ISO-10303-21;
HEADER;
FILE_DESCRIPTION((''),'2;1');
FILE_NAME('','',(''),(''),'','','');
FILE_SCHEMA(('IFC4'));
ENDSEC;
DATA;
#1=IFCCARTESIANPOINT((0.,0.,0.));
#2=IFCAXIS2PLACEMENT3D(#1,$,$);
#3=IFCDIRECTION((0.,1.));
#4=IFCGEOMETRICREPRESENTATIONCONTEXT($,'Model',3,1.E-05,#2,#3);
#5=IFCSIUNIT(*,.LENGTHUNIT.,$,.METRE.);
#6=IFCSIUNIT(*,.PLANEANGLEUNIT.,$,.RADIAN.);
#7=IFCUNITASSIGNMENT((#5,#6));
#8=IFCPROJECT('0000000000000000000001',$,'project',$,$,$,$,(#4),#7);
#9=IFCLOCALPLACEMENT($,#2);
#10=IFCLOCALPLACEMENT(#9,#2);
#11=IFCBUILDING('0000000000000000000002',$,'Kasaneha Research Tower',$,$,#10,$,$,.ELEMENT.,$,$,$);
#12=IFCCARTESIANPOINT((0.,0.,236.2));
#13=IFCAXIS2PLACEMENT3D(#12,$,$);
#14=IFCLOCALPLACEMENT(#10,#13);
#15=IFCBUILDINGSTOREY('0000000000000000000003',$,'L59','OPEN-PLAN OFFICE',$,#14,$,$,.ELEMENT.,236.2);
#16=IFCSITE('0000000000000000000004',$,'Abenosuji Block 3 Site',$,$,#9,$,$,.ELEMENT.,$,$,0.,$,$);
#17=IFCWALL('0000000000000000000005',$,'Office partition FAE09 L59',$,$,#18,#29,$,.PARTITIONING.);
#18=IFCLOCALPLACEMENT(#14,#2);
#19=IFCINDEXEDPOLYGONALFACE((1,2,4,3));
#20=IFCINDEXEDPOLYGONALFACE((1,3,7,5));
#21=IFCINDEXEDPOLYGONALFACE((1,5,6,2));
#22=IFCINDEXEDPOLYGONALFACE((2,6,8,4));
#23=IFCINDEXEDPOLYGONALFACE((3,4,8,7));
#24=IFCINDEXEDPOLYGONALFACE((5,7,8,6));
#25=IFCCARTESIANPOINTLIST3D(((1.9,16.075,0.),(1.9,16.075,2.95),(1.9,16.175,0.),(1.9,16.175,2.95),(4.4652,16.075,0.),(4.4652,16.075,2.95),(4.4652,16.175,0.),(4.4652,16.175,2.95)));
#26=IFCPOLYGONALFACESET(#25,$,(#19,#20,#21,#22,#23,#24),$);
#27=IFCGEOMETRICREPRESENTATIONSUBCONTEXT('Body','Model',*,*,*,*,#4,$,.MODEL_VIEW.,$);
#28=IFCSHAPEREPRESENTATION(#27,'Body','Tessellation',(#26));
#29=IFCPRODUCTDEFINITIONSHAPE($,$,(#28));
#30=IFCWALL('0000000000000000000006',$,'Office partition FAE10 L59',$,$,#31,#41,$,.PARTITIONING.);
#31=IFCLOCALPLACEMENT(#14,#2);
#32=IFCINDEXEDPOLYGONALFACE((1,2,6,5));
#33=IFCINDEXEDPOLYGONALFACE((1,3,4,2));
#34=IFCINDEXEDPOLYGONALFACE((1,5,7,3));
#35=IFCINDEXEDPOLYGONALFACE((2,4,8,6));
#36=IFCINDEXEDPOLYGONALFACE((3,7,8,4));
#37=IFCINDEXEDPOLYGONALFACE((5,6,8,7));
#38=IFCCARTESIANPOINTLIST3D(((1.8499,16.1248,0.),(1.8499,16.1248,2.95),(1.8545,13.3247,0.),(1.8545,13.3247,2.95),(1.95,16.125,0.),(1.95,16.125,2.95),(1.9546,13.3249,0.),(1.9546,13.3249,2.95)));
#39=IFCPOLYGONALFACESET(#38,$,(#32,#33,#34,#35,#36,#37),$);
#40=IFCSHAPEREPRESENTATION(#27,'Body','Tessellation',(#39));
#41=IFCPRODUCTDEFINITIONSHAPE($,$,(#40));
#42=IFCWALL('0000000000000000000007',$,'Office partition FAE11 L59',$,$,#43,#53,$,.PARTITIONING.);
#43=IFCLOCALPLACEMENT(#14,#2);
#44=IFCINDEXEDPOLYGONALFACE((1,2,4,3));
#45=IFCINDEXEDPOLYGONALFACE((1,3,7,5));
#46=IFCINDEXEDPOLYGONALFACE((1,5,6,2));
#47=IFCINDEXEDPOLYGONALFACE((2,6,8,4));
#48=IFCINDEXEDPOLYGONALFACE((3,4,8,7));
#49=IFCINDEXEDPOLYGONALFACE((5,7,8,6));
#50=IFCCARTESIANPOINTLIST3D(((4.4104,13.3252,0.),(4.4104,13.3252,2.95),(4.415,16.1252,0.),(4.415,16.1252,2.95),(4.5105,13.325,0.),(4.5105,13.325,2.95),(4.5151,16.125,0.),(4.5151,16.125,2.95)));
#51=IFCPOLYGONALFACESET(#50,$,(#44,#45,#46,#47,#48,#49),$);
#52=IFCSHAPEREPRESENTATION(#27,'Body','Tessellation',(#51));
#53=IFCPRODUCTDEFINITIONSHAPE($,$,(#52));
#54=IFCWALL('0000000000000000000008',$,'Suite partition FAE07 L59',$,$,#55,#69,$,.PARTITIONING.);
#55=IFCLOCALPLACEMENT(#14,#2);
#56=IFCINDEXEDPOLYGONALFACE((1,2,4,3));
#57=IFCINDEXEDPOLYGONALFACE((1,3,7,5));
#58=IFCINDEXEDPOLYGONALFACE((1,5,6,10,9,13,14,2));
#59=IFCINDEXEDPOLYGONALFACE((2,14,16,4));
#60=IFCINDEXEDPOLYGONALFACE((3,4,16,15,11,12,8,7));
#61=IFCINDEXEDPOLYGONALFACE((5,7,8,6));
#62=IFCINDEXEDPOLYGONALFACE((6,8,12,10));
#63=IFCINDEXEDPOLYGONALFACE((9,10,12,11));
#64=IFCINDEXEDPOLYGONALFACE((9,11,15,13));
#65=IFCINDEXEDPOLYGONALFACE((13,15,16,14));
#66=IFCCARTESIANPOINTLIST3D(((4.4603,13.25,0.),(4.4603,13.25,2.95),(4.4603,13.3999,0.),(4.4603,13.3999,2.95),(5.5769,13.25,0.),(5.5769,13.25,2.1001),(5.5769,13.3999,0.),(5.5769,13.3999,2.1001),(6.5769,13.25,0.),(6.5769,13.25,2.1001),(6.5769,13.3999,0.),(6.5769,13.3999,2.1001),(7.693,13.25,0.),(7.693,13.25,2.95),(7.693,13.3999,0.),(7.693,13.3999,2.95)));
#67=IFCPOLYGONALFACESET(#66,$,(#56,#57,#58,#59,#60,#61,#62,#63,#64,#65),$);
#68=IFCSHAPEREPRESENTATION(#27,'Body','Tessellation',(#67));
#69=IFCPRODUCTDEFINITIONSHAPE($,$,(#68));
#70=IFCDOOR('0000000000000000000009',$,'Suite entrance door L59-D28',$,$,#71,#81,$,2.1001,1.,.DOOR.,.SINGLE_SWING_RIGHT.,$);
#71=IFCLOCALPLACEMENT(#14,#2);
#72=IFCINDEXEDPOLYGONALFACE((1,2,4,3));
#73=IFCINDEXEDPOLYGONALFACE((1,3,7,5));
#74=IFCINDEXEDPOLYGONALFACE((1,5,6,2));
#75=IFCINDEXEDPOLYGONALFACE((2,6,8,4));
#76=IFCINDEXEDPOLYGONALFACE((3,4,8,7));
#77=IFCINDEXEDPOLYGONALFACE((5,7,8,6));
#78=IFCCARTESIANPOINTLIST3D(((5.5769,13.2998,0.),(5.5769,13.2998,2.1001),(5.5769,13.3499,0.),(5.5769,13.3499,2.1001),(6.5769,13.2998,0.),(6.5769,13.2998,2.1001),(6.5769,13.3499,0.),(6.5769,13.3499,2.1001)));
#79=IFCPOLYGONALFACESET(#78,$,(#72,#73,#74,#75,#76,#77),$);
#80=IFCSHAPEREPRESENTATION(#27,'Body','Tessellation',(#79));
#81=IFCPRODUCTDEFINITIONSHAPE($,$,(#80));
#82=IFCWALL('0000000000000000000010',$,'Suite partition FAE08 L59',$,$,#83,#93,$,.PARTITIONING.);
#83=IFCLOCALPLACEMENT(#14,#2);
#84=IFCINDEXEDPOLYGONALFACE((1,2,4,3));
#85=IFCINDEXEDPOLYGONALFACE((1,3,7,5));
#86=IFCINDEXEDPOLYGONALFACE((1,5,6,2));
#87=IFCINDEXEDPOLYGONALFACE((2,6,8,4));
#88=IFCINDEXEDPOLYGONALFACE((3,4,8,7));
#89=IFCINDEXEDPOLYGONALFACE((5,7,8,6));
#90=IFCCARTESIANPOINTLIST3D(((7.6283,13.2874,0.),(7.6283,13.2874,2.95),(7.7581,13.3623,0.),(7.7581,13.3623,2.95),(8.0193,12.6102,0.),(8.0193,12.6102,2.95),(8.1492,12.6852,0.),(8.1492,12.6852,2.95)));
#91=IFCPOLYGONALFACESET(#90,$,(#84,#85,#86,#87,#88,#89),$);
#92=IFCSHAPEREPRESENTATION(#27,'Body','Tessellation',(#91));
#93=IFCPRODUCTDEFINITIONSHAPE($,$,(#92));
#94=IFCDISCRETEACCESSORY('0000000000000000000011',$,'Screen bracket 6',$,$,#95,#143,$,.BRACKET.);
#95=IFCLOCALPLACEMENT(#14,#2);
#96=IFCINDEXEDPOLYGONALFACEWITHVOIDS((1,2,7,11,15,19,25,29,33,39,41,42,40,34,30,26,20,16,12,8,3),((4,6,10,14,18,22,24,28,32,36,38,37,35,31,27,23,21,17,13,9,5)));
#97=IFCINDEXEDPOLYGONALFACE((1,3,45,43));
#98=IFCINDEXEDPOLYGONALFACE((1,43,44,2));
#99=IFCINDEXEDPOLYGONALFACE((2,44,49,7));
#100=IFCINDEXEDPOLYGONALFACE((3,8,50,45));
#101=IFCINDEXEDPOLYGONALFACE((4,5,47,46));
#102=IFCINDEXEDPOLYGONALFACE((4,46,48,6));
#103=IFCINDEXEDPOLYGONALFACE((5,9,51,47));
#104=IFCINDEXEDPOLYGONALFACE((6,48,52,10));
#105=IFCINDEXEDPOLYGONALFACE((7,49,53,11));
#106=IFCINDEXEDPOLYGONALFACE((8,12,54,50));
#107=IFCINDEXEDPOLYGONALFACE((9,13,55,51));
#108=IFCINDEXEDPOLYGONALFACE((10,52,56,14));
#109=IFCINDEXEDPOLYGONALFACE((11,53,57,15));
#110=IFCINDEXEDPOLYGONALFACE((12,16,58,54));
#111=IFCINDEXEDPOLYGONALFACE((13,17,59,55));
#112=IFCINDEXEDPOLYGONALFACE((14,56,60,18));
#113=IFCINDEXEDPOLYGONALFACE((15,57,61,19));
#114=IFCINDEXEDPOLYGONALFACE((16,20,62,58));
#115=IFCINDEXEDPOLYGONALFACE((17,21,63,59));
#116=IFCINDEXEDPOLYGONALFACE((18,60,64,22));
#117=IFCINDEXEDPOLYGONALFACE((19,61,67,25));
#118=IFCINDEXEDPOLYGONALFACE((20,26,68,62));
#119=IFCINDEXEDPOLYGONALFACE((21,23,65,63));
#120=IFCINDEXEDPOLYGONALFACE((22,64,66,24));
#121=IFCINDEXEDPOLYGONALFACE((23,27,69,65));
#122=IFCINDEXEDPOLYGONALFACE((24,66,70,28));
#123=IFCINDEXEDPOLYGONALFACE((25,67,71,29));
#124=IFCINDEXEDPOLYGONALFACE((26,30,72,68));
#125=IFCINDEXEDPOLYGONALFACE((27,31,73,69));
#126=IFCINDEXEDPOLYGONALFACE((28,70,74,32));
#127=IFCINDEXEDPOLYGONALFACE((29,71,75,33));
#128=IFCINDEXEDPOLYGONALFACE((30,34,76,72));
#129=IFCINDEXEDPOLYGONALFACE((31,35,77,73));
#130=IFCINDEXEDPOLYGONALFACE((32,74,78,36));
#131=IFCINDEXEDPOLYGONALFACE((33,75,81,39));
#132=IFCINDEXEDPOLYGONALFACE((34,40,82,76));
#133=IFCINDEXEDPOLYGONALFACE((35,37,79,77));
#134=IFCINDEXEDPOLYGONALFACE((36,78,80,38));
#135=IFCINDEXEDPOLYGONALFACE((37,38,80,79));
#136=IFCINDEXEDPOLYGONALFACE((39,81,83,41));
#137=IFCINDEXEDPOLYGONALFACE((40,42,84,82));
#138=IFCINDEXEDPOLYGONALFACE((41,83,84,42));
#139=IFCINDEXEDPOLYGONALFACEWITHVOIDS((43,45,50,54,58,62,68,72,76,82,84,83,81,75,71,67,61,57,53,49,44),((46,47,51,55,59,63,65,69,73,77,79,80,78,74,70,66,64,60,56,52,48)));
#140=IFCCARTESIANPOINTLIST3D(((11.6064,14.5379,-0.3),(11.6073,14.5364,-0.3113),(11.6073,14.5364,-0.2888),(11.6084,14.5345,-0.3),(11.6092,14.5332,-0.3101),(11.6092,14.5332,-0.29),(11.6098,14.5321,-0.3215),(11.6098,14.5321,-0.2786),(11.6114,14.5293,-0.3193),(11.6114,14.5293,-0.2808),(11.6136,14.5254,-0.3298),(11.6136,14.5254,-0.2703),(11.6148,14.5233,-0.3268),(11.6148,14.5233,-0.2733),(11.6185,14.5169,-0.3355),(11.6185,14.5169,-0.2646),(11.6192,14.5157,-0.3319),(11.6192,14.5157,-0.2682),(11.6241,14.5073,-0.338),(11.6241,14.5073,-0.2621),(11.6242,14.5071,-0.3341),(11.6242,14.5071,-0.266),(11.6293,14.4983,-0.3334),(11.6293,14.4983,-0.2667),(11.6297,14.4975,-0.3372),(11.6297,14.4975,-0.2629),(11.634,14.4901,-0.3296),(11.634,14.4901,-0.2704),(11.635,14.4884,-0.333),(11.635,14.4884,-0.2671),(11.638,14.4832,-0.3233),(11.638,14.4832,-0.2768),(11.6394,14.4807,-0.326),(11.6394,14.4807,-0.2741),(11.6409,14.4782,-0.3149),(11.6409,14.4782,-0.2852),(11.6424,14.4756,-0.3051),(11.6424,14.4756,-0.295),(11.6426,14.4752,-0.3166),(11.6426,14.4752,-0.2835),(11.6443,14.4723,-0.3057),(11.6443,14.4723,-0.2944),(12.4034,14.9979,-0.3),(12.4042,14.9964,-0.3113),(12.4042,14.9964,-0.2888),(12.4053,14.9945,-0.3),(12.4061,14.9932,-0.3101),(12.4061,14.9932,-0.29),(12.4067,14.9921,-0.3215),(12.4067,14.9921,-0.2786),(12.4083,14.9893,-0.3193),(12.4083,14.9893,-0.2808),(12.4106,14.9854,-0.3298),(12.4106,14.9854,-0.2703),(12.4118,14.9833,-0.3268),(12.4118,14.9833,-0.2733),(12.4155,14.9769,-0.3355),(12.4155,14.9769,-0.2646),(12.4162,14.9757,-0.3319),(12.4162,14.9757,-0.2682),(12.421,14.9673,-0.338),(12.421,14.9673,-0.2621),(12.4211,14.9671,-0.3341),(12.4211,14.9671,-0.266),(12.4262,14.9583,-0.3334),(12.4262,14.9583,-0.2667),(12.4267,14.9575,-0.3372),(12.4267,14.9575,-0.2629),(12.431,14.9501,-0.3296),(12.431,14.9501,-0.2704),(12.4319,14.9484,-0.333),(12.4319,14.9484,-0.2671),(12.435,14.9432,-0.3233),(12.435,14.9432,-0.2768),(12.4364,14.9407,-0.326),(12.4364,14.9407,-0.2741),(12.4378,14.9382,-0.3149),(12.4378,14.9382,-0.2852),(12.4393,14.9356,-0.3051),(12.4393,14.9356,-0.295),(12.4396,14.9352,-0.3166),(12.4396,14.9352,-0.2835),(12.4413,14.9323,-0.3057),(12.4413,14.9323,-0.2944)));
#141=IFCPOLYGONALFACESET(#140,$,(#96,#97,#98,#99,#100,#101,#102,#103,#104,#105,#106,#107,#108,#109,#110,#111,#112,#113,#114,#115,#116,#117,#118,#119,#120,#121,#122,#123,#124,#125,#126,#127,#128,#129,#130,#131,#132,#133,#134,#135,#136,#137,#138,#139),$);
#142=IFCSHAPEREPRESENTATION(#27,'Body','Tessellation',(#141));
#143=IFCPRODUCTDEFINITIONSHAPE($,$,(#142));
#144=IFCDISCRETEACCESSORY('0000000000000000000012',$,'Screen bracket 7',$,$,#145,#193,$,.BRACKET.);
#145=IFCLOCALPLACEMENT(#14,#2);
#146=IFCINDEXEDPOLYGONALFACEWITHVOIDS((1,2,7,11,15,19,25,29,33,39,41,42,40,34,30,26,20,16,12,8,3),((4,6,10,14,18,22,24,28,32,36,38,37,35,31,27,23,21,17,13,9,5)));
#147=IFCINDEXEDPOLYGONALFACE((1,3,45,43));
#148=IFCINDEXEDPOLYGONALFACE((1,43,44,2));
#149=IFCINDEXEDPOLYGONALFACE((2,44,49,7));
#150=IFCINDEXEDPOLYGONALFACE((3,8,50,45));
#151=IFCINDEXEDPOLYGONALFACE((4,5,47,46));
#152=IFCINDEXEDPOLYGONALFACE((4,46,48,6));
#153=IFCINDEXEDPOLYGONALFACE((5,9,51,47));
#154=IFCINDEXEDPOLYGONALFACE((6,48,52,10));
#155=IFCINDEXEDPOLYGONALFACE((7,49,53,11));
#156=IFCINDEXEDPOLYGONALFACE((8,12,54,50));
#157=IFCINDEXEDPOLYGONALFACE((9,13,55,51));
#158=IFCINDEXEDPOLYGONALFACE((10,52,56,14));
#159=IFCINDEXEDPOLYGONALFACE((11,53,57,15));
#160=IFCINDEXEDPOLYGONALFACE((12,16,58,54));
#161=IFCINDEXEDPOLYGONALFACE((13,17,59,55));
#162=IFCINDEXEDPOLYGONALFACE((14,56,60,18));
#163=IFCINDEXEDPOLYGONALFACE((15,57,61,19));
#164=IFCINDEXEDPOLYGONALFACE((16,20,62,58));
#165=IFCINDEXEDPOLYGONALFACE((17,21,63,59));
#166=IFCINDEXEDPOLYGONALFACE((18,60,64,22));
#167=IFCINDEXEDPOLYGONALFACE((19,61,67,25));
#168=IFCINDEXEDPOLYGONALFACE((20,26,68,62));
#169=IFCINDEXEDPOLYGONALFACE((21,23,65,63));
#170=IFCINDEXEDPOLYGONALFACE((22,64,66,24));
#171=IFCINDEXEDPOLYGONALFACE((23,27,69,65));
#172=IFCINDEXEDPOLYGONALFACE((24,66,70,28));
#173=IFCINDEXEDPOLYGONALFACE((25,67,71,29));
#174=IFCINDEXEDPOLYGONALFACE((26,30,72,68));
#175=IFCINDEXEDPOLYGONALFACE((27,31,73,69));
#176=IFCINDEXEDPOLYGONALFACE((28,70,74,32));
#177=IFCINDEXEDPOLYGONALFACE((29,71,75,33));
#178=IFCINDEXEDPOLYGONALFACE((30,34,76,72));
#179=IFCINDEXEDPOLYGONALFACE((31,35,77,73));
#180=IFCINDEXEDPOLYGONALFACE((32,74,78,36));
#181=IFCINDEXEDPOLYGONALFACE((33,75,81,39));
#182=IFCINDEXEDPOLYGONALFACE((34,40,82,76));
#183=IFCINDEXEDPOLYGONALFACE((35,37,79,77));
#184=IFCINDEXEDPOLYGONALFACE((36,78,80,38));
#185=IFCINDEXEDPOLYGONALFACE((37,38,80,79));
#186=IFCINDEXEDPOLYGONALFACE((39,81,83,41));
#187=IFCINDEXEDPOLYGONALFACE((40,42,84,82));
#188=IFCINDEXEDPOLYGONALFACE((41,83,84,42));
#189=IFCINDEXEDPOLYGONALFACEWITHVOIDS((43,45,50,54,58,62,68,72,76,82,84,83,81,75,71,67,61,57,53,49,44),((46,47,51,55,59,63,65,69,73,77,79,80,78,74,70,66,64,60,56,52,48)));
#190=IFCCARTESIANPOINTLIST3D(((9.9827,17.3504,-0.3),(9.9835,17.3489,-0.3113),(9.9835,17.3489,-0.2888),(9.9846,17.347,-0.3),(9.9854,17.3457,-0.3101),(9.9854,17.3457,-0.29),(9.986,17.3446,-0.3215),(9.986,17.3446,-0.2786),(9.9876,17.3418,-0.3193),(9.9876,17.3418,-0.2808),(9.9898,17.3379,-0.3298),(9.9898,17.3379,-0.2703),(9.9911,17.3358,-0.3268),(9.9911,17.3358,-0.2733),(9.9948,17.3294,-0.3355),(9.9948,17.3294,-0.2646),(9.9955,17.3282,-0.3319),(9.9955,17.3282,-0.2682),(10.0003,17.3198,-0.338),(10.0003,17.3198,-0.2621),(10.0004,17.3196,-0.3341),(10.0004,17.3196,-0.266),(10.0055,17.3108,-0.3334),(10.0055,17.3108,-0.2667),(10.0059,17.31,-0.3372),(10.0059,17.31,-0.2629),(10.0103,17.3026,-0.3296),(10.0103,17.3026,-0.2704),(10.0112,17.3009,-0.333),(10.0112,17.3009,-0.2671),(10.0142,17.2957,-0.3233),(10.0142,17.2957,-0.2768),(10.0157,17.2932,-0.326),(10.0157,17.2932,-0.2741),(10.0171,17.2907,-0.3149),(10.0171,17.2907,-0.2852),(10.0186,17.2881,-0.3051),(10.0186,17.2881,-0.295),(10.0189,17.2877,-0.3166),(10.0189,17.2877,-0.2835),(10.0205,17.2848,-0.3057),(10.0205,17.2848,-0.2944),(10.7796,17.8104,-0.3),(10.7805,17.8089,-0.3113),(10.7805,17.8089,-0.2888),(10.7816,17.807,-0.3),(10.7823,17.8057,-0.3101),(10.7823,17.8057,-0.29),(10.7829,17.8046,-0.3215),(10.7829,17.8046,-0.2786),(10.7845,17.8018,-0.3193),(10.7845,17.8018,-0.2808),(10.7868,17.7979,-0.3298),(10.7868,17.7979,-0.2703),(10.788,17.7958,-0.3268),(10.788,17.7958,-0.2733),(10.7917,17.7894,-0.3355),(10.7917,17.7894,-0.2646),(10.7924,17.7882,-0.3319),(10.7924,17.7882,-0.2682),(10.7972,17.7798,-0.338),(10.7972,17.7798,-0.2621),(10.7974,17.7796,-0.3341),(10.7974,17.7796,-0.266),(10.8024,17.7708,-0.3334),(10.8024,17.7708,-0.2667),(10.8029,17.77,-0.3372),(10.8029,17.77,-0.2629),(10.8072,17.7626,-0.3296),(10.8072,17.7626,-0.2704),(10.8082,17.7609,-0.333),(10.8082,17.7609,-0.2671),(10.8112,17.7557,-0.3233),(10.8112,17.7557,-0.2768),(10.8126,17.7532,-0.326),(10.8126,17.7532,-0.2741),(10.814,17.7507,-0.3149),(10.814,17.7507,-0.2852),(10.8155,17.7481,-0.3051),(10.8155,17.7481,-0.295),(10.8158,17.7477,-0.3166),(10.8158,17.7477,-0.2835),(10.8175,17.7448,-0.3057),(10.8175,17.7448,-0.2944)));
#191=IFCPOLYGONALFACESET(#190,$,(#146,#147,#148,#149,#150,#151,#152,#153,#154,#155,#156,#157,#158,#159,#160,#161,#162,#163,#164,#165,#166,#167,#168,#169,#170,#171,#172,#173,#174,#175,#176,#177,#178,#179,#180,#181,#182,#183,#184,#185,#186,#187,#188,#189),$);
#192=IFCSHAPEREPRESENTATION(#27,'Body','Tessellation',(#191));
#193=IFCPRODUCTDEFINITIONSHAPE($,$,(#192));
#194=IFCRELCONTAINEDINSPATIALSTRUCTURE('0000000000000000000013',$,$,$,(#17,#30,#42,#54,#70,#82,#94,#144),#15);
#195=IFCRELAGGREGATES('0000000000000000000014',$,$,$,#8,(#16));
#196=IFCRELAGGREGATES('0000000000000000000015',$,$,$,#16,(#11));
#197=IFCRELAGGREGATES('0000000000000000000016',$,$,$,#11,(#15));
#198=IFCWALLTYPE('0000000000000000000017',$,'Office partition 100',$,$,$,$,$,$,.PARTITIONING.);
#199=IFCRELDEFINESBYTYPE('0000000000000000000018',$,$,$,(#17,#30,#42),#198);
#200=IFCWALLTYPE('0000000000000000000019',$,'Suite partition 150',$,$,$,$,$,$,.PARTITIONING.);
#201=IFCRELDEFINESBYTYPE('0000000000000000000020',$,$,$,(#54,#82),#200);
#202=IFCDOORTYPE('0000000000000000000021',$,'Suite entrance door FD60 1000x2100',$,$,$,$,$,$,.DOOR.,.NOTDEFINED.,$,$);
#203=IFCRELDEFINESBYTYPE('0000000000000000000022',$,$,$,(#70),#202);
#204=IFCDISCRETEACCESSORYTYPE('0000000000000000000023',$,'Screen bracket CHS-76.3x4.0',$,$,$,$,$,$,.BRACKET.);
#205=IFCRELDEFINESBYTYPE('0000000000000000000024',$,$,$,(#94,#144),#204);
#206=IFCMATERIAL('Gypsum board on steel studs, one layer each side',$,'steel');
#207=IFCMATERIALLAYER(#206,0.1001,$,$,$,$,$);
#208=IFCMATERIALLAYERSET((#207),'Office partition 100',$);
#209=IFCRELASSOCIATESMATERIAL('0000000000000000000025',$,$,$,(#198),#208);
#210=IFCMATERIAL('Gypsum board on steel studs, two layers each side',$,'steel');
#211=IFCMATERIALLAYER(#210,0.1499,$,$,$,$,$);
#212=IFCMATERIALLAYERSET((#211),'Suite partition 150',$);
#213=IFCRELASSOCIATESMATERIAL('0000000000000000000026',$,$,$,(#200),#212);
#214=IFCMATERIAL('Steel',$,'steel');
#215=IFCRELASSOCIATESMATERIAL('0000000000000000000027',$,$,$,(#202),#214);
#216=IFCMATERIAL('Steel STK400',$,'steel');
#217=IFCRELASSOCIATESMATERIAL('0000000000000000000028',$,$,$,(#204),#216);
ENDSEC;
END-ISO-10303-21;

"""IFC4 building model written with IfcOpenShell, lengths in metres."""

from ifc_helpers import new_model, si_unit, direction, frame, frame_2d, origin, origin_2d, place, context, subcontext, project, spatial, rectangle, hollow_circle, extrude, material, layer, layer_set, material_profile, profile_set, type_object, element, fill, save


model = new_model("IFC4")

# Units and contexts
model_context = context("Model", 3, precision=1e-05, world=origin(), true_north=direction((0.0, 1.0)))
body_context = subcontext(model_context, "Body", "Model", "MODEL_VIEW")
ifc_project = project(units=[si_unit("LENGTHUNIT", "METRE"), si_unit("PLANEANGLEUNIT", "RADIAN")], contexts=[model_context])

# Site, building, storey
site_placement = place(None, origin())
site = spatial("IfcSite", under=ifc_project, at=site_placement, Name="Abenosuji Block 3 Site", CompositionType="ELEMENT", RefElevation=0.0)
building_placement = place(site_placement, origin())
building = spatial("IfcBuilding", under=site, at=building_placement, Name="Kasaneha Research Tower", CompositionType="ELEMENT")
storey_placement = place(building_placement, frame((0.0, 0.0, 236.2)))
storey = spatial("IfcBuildingStorey", under=building, at=storey_placement, Name="L59", Description="OPEN-PLAN OFFICE", CompositionType="ELEMENT", Elevation=236.2)

# Walls
ifc_material_1 = material(Name="Gypsum board on steel studs, one layer each side", Category="steel")
ifc_layer_1 = layer(ifc_material_1, 0.1001)
ifc_layer_set_1 = layer_set([ifc_layer_1], Name="Office partition 100")
wall_type_1 = type_object("IfcWallType", Name="Office partition 100", PredefinedType="PARTITIONING", material=ifc_layer_set_1)
wall_1_placement = place(storey_placement, frame((1.8999, 16.125, 0.0), z_axis=(0.0, 0.0, 1.0), x_axis=(1.0, 0.0, 0.0)))
element("IfcWall", 1, at=wall_1_placement, inside=storey, type_object=wall_type_1, Name="Office partition FAE09 L59", PredefinedType="PARTITIONING", context=body_context, shape_type="SweptSolid", body=[
    extrude(rectangle(XDim=2.5652, YDim=0.1001, at=frame_2d((1.2827, 0.0))), origin(), (0.0, 0.0, 1.0), 2.95),
])
for number, where, z_axis, x_axis, name in (
    (2, (1.9045, 13.325, 0.0), (0.0, 0.0, 1.0), (-0.001657, 0.999999, 0.0), "Office partition FAE10 L59"),
    (3, (4.4651, 16.125, 0.0), (0.0, 0.0, 1.0), (-0.001657, -0.999999, 0.0), "Office partition FAE11 L59"),
):
    element("IfcWall", number, at=place(storey_placement, frame(where, z_axis=z_axis, x_axis=x_axis)), inside=storey, type_object=wall_type_1, Name=name, PredefinedType="PARTITIONING", context=body_context, shape_type="SweptSolid", body=[
        extrude(rectangle(XDim=2.8, YDim=0.1001, at=frame_2d((1.3999, 0.0))), origin(), (0.0, 0.0, 1.0), 2.95),
    ])

# Wall, opening, door
ifc_material_2 = material(Name="Gypsum board on steel studs, two layers each side", Category="steel")
ifc_layer_2 = layer(ifc_material_2, 0.1499)
ifc_layer_set_2 = layer_set([ifc_layer_2], Name="Suite partition 150")
wall_type_2 = type_object("IfcWallType", Name="Suite partition 150", PredefinedType="PARTITIONING", material=ifc_layer_set_2)
wall_2_placement = place(storey_placement, frame((4.4604, 13.325, 0.0), z_axis=(0.0, 0.0, 1.0), x_axis=(1.0, 0.0, 0.0)))
wall_2 = element("IfcWall", 4, at=wall_2_placement, inside=storey, type_object=wall_type_2, Name="Suite partition FAE07 L59", PredefinedType="PARTITIONING", context=body_context, shape_type="SweptSolid", body=[
    extrude(rectangle(XDim=3.2327, YDim=0.1499, at=frame_2d((1.6162, 0.0))), origin(), (0.0, 0.0, 1.0), 2.95),
])
opening_placement = place(wall_2_placement, frame((1.1165, 0.0, 0.0)))
opening = element("IfcOpeningElement", 5, at=opening_placement, cuts=wall_2, PredefinedType="OPENING", context=body_context, shape_type="SweptSolid", body=[
    extrude(rectangle(XDim=1.0, YDim=2.1001, at=frame_2d((0.5, 1.05))), frame((0.0, 0.085, 0.0), z_axis=(0.0, -1.0, 0.0), x_axis=(1.0, 0.0, 0.0)), (0.0, 0.0, 1.0), 0.1699),
])
ifc_material_3 = material(Name="Steel", Category="steel")
door_type = type_object("IfcDoorType", Name="Suite entrance door FD60 1000x2100", OperationType="NOTDEFINED", PredefinedType="DOOR", material=ifc_material_3)
door_placement = place(opening_placement, origin())
door = element("IfcDoor", 6, at=door_placement, inside=storey, type_object=door_type, Name="Suite entrance door L59-D28", OperationType="SINGLE_SWING_RIGHT", OverallHeight=2.1001, OverallWidth=1.0, PredefinedType="DOOR", context=body_context, shape_type="SweptSolid", body=[
    extrude(rectangle(XDim=1.0, YDim=2.1001, at=frame_2d((0.5, 1.05))), frame((0.0, 0.0249, 0.0), z_axis=(0.0, -1.0, 0.0), x_axis=(1.0, 0.0, 0.0)), (0.0, 0.0, 1.0), 0.05),
])
fill(opening, door)

# Wall
wall_3_placement = place(storey_placement, frame((7.6931, 13.325, 0.0), z_axis=(0.0, 0.0, 1.0), x_axis=(0.500101, -0.865967, 0.0)))
element("IfcWall", 7, at=wall_3_placement, inside=storey, type_object=wall_type_2, Name="Suite partition FAE08 L59", PredefinedType="PARTITIONING", context=body_context, shape_type="SweptSolid", body=[
    extrude(rectangle(XDim=0.782, YDim=0.1499, at=frame_2d((0.3911, 0.0))), origin(), (0.0, 0.0, 1.0), 2.95),
])

# Discrete accessories
ifc_material_4 = material(Name="Steel STK400", Category="steel")
ifc_material_profile_1 = material_profile(ifc_material_4, hollow_circle(Radius=0.0381, WallThickness=0.0039, at=origin_2d()), Name="CHS-76.3x4.0")
ifc_profile_set_1 = profile_set([ifc_material_profile_1], Name="Steel STK400")
discrete_accessory_type = type_object("IfcDiscreteAccessoryType", Name="Screen bracket CHS-76.3x4.0", PredefinedType="BRACKET", material=ifc_profile_set_1)
for number, where, z_axis, x_axis, name in (
    (8, (11.6255, 14.5049, -0.3), (0.86608, 0.499906, 0.0), (-0.499906, 0.86608, 0.0), "Screen bracket 6"),
    (9, (10.0017, 17.3174, -0.3), (0.86608, 0.499906, 0.0), (-0.499906, 0.86608, 0.0), "Screen bracket 7"),
):
    element("IfcDiscreteAccessory", number, at=place(storey_placement, frame(where, z_axis=z_axis, x_axis=x_axis)), inside=storey, type_object=discrete_accessory_type, Name=name, PredefinedType="BRACKET", context=body_context, shape_type="SweptSolid", body=[
        extrude(hollow_circle(Radius=0.0381, WallThickness=0.0039, at=origin_2d()), origin(), (0.0, 0.0, 1.0), 0.9202),
    ])

save(model, "model.ifc")
